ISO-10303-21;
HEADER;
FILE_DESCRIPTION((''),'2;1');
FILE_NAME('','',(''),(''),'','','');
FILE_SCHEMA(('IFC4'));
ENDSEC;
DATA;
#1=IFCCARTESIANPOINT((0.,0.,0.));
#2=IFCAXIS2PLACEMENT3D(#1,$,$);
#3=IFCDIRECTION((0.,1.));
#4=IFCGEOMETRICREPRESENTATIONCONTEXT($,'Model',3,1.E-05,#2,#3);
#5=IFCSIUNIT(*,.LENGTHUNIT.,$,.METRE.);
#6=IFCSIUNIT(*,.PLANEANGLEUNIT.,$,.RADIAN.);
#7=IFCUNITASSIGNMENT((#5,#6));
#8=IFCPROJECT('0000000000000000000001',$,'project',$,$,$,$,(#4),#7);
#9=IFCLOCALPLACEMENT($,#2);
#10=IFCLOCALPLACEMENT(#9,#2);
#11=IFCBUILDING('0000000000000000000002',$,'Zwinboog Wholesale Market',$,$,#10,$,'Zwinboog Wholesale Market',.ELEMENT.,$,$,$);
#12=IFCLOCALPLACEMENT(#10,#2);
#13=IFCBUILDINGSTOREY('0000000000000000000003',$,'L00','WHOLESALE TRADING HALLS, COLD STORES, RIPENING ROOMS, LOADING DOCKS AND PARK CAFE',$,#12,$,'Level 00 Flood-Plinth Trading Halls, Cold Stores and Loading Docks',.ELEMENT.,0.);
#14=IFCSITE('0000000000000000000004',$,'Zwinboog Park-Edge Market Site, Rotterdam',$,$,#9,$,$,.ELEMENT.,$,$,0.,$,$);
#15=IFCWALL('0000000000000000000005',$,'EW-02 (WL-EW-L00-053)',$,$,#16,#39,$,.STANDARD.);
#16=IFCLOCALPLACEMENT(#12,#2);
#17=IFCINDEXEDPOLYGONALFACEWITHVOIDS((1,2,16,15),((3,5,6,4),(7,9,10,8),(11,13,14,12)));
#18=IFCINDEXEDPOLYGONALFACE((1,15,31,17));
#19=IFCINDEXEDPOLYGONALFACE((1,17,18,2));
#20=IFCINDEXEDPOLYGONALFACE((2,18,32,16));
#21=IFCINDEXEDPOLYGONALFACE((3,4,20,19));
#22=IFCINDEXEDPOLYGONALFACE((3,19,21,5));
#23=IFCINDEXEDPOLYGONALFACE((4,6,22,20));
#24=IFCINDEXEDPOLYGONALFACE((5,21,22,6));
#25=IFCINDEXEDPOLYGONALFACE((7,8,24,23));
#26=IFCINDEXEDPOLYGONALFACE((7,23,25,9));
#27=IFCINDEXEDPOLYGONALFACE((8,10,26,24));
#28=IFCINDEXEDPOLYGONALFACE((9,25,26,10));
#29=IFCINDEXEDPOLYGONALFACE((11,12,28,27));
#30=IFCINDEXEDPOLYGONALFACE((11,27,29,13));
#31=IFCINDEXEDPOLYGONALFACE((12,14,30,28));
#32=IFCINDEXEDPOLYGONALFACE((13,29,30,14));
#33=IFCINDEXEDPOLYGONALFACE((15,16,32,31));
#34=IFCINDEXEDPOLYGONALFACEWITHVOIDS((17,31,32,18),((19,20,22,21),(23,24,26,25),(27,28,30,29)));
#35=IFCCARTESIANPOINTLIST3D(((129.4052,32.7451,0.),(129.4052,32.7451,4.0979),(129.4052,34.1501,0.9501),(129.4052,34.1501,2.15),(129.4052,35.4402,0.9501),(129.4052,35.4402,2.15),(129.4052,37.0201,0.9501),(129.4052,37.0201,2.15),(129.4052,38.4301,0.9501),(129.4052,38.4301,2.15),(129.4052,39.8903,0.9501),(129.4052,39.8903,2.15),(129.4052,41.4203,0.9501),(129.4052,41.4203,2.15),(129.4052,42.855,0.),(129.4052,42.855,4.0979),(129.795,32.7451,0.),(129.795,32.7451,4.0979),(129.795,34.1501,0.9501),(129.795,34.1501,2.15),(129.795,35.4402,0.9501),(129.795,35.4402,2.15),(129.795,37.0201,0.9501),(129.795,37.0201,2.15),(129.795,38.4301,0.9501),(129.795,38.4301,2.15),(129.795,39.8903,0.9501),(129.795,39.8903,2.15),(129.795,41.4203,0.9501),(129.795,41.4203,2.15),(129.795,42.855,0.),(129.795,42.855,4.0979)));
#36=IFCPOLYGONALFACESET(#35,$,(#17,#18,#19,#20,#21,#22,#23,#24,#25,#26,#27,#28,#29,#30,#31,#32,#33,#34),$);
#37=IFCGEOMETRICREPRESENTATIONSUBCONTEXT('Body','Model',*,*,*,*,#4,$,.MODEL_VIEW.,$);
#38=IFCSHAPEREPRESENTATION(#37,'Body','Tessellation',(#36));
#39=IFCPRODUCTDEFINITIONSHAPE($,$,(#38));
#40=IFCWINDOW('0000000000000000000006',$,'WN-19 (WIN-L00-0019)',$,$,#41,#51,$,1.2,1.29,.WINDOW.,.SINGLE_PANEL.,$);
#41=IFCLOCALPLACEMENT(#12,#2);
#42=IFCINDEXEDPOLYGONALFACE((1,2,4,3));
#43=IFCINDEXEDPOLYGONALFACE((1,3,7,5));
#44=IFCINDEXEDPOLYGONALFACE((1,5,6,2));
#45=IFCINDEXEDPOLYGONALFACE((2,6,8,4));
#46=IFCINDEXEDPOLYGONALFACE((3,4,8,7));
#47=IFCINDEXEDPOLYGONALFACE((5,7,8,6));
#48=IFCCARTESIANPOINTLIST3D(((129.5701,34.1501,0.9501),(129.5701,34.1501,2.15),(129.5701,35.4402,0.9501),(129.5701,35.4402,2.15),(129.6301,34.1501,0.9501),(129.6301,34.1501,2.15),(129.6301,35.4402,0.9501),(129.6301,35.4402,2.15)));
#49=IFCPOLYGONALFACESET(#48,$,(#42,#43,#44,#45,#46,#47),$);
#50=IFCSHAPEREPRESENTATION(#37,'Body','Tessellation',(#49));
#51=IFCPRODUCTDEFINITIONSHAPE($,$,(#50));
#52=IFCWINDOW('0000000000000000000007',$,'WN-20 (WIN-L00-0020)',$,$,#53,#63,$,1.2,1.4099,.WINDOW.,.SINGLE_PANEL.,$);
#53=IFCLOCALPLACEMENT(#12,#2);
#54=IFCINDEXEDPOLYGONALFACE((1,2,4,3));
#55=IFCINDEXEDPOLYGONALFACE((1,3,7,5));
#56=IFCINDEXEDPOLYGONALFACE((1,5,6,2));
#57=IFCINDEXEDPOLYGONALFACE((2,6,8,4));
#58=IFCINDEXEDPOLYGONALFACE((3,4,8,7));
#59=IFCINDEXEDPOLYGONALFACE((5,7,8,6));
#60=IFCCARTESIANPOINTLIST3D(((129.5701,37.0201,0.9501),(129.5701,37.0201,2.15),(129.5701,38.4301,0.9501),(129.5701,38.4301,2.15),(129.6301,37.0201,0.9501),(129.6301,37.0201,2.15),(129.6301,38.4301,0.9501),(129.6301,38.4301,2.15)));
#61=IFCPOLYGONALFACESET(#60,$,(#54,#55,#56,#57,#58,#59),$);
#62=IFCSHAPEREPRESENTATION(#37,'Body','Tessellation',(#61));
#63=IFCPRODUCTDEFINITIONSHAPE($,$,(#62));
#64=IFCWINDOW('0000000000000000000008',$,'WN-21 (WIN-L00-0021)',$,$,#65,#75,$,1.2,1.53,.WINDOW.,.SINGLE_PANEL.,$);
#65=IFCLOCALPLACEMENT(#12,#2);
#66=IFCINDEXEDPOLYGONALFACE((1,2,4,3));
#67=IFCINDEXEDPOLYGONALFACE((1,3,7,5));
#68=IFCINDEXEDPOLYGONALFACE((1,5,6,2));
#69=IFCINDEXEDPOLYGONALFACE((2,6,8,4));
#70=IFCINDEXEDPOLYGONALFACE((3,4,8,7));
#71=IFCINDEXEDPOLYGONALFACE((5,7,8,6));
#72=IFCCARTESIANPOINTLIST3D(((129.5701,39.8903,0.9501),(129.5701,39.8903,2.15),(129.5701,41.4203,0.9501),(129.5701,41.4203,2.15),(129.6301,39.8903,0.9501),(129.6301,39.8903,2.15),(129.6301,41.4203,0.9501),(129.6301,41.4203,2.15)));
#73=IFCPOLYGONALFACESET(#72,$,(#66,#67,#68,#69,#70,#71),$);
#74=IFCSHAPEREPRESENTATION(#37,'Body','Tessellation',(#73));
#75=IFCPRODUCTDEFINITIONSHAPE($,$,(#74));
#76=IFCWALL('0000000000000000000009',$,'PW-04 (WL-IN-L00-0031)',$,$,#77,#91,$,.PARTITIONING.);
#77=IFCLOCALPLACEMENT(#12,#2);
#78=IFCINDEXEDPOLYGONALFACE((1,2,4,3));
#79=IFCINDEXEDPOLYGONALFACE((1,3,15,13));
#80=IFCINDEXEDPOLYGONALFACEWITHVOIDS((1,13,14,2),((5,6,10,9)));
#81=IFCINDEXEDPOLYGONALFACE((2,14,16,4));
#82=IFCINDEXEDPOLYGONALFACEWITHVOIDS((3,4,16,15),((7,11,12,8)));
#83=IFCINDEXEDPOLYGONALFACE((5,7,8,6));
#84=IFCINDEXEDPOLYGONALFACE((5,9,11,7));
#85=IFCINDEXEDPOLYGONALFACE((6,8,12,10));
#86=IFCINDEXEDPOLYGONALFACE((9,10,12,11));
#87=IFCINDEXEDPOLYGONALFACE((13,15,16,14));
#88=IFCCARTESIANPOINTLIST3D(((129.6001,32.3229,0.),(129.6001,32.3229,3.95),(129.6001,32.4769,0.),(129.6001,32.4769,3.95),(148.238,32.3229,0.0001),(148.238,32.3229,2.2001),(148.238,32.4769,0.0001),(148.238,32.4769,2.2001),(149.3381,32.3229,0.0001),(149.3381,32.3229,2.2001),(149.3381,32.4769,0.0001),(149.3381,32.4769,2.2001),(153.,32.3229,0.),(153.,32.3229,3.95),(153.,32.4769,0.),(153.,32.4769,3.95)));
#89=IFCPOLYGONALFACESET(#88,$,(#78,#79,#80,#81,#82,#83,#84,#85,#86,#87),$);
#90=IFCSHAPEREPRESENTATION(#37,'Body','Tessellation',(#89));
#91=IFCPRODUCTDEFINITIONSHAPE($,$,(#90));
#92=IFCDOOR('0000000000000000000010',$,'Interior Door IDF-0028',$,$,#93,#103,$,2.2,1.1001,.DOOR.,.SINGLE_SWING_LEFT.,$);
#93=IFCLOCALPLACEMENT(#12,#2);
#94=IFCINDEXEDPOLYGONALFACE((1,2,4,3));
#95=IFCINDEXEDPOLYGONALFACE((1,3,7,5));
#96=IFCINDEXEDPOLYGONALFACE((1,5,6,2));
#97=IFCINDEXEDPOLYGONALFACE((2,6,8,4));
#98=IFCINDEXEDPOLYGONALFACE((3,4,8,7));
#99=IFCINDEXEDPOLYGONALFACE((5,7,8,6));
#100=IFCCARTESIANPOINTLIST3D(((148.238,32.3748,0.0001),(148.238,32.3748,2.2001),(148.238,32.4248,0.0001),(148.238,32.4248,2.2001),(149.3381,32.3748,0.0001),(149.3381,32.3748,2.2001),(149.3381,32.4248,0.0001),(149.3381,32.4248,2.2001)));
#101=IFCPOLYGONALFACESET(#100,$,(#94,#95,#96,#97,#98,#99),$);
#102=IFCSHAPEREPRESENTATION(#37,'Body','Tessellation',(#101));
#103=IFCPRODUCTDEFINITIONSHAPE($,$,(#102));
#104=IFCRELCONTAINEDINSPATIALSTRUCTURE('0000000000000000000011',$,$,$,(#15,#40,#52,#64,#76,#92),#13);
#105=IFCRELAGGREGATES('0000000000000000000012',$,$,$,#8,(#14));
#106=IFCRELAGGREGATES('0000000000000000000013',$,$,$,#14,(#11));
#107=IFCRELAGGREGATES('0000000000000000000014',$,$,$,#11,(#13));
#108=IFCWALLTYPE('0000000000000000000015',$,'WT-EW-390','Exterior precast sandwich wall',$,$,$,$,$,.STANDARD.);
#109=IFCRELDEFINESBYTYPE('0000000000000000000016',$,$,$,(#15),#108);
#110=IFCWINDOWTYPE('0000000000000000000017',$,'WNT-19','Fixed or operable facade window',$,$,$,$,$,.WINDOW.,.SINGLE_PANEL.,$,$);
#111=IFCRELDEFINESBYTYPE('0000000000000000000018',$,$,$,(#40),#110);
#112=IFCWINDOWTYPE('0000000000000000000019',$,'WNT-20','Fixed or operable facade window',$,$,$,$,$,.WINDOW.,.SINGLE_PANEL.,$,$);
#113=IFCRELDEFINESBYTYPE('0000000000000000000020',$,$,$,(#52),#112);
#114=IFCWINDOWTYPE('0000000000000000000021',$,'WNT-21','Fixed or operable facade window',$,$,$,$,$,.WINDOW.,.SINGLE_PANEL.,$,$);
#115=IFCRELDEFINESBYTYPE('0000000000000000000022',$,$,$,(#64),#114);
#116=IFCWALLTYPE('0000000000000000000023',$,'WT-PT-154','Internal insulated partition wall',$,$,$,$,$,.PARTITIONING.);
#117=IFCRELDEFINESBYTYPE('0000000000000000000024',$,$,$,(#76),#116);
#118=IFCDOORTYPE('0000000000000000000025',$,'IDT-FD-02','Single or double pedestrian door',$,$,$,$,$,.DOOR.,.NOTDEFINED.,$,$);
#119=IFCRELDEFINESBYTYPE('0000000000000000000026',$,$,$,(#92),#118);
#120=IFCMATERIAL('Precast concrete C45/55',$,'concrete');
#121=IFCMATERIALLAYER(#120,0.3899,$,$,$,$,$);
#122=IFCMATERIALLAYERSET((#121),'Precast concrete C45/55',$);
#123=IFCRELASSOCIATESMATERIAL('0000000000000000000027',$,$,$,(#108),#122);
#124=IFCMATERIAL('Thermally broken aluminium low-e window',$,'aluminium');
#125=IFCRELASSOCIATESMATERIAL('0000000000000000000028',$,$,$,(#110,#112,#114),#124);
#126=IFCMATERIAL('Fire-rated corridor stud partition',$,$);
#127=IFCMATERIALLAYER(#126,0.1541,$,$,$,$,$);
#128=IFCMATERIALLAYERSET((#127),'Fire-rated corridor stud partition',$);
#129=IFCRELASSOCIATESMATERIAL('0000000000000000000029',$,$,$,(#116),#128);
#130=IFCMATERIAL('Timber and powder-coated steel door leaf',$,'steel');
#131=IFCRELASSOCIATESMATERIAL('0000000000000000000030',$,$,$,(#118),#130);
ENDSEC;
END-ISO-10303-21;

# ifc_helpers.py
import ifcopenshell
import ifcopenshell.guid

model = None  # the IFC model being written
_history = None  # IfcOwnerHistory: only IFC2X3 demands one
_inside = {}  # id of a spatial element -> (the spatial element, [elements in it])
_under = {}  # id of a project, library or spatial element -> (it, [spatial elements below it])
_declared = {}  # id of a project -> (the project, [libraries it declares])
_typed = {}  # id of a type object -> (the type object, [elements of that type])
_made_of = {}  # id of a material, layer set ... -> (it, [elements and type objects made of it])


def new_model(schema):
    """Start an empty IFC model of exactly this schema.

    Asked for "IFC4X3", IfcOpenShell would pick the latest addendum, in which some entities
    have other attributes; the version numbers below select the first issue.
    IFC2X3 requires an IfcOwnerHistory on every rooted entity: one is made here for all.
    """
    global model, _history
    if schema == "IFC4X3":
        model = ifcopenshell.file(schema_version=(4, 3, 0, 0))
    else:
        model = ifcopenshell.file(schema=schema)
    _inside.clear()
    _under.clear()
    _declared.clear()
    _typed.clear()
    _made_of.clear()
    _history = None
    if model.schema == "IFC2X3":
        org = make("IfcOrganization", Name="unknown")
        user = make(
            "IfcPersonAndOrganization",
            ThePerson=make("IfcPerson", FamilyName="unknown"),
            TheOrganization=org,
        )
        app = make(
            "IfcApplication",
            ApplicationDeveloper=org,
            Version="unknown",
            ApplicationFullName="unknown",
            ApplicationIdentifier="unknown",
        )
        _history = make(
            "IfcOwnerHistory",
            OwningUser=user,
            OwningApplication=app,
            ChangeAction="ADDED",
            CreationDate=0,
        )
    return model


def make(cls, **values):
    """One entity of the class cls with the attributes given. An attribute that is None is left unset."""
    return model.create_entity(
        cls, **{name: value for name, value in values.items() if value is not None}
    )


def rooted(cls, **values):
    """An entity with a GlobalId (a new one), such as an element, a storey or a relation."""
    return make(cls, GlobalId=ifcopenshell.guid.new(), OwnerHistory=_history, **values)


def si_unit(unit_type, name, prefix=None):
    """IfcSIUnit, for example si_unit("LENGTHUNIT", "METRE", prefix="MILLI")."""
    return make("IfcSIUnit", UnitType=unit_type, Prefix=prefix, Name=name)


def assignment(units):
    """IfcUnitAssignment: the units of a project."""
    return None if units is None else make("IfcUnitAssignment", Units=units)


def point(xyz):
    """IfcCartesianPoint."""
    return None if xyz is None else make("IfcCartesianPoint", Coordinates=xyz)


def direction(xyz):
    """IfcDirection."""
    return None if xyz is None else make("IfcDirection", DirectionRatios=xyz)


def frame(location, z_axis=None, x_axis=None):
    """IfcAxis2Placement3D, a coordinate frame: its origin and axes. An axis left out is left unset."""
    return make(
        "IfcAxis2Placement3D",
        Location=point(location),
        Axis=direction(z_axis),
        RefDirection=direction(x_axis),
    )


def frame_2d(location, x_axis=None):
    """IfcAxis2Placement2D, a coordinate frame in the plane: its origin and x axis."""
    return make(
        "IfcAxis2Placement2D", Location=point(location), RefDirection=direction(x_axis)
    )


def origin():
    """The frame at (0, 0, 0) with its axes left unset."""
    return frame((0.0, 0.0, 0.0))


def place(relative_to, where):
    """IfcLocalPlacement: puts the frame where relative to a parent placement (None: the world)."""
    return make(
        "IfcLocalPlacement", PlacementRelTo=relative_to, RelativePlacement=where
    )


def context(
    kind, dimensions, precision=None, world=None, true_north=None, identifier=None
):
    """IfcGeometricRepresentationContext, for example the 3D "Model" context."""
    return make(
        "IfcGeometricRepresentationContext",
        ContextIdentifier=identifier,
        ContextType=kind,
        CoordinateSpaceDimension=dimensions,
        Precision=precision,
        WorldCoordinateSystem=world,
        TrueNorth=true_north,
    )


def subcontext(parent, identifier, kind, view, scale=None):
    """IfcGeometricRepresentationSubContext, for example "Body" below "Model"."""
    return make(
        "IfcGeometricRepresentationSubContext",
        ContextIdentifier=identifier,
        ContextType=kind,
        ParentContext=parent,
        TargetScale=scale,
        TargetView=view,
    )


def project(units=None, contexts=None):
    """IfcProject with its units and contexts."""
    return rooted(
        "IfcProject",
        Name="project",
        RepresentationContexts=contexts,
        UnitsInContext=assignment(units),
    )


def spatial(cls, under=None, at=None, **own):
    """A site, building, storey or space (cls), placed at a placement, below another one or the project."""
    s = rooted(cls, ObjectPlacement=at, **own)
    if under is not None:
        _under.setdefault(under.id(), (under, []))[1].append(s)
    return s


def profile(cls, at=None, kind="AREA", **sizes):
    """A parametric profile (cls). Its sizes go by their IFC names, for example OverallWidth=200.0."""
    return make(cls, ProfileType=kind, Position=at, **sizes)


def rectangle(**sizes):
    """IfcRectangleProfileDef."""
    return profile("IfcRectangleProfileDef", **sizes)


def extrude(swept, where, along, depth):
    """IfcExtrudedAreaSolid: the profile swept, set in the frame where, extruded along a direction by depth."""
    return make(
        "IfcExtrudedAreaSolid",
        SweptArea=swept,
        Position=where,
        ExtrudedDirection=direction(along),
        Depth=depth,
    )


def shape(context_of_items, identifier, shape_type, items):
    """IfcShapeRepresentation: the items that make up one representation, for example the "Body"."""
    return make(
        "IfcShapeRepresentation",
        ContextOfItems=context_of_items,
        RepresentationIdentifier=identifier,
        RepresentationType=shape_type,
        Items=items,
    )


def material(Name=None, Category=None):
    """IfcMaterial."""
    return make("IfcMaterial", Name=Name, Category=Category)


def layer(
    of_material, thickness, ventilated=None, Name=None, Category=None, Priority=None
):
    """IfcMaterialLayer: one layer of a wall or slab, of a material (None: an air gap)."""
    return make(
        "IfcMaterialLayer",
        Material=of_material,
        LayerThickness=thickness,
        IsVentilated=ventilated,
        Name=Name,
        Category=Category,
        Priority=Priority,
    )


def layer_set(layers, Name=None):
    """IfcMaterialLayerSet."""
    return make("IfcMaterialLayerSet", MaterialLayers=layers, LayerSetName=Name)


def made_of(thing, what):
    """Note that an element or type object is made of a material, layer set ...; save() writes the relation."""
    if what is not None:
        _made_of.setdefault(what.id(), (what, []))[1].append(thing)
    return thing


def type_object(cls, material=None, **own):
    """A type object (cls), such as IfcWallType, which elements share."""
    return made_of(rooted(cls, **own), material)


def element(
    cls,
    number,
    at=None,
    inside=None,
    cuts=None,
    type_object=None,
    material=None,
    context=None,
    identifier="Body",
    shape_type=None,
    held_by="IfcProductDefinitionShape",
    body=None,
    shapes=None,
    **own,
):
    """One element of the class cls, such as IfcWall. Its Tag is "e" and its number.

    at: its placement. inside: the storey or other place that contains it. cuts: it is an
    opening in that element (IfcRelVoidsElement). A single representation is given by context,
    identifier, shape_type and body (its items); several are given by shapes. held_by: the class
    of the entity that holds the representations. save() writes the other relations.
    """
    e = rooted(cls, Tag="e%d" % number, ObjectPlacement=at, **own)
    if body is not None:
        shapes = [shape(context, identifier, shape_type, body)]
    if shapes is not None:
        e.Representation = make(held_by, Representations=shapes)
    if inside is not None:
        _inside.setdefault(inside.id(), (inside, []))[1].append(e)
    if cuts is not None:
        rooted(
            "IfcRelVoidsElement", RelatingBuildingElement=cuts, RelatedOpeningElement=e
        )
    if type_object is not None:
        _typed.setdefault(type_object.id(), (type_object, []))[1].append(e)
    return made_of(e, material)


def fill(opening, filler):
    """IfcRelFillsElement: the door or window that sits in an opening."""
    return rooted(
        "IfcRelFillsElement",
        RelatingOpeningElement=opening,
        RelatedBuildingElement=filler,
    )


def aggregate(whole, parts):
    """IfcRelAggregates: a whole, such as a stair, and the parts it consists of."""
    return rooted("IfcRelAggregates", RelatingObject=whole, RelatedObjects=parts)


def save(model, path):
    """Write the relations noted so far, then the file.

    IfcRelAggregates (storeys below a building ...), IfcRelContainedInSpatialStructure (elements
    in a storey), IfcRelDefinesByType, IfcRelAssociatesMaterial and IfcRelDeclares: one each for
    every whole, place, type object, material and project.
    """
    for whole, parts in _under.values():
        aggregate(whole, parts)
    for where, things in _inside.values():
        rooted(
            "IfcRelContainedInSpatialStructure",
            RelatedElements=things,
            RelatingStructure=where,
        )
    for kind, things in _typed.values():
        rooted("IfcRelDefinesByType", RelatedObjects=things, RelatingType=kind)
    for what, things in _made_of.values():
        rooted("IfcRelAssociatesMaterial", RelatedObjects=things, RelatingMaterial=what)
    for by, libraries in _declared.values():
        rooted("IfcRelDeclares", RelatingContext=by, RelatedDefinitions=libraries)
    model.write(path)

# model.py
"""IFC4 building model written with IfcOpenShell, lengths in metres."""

from ifc_helpers import new_model, si_unit, direction, frame, frame_2d, origin, place, context, subcontext, project, spatial, rectangle, extrude, material, layer, layer_set, type_object, element, fill, save


model = new_model("IFC4")

# Units and contexts
model_context = context("Model", 3, precision=1e-05, world=origin(), true_north=direction((0.0, 1.0)))
body_context = subcontext(model_context, "Body", "Model", "MODEL_VIEW")
ifc_project = project(units=[si_unit("LENGTHUNIT", "METRE"), si_unit("PLANEANGLEUNIT", "RADIAN")], contexts=[model_context])

# Site, building, storey
site_placement = place(None, origin())
site = spatial("IfcSite", under=ifc_project, at=site_placement, Name="Zwinboog Park-Edge Market Site, Rotterdam", CompositionType="ELEMENT", RefElevation=0.0)
building_placement = place(site_placement, origin())
building = spatial("IfcBuilding", under=site, at=building_placement, Name="Zwinboog Wholesale Market", LongName="Zwinboog Wholesale Market", CompositionType="ELEMENT")
storey_placement = place(building_placement, origin())
storey = spatial("IfcBuildingStorey", under=building, at=storey_placement, Name="L00", Description="WHOLESALE TRADING HALLS, COLD STORES, RIPENING ROOMS, LOADING DOCKS AND PARK CAFE", LongName="Level 00 Flood-Plinth Trading Halls, Cold Stores and Loading Docks", CompositionType="ELEMENT", Elevation=0.0)

# Shared definitions
ifc_material_1 = material(Name="Precast concrete C45/55", Category="concrete")

# Wall, openings, windows
ifc_layer_1 = layer(ifc_material_1, 0.3899)
ifc_layer_set_1 = layer_set([ifc_layer_1], Name="Precast concrete C45/55")
wall_type_1 = type_object("IfcWallType", Name="WT-EW-390", Description="Exterior precast sandwich wall", PredefinedType="STANDARD", material=ifc_layer_set_1)
wall_1_placement = place(storey_placement, frame((129.6001, 32.7451, 0.0), z_axis=(0.0, 0.0, 1.0), x_axis=(0.0, 1.0, 0.0)))
wall_1 = element("IfcWall", 1, at=wall_1_placement, inside=storey, type_object=wall_type_1, Name="EW-02 (WL-EW-L00-053)", PredefinedType="STANDARD", context=body_context, shape_type="SweptSolid", body=[
    extrude(rectangle(XDim=10.1099, YDim=0.3899, at=frame_2d((5.0549, 0.0))), origin(), (0.0, 0.0, 1.0), 4.0979),
])
opening_1_placement = place(wall_1_placement, frame((1.405, 0.0, 0.95)))
opening_1 = element("IfcOpeningElement", 2, at=opening_1_placement, cuts=wall_1, PredefinedType="OPENING", context=body_context, shape_type="SweptSolid", body=[
    extrude(rectangle(XDim=1.29, YDim=1.2, at=frame_2d((0.645, 0.6001))), frame((0.0, 0.2048, 0.0), z_axis=(0.0, -1.0, 0.0), x_axis=(1.0, 0.0, 0.0)), (0.0, 0.0, 1.0), 0.4099),
])
opening_2_placement = place(wall_1_placement, frame((4.2749, 0.0, 0.95)))
opening_2 = element("IfcOpeningElement", 3, at=opening_2_placement, cuts=wall_1, PredefinedType="OPENING", context=body_context, shape_type="SweptSolid", body=[
    extrude(rectangle(XDim=1.4099, YDim=1.2, at=frame_2d((0.7051, 0.6001))), frame((0.0, 0.2048, 0.0), z_axis=(0.0, -1.0, 0.0), x_axis=(1.0, 0.0, 0.0)), (0.0, 0.0, 1.0), 0.4099),
])
opening_3_placement = place(wall_1_placement, frame((7.145, 0.0, 0.95)))
opening_3 = element("IfcOpeningElement", 4, at=opening_3_placement, cuts=wall_1, PredefinedType="OPENING", context=body_context, shape_type="SweptSolid", body=[
    extrude(rectangle(XDim=1.53, YDim=1.2, at=frame_2d((0.7651, 0.6001))), frame((0.0, 0.2048, 0.0), z_axis=(0.0, -1.0, 0.0), x_axis=(1.0, 0.0, 0.0)), (0.0, 0.0, 1.0), 0.4099),
])
ifc_material_2 = material(Name="Thermally broken aluminium low-e window", Category="aluminium")
window_type_1 = type_object("IfcWindowType", Name="WNT-19", Description="Fixed or operable facade window", PartitioningType="SINGLE_PANEL", PredefinedType="WINDOW", material=ifc_material_2)
window_1_placement = place(opening_1_placement, origin())
window_1 = element("IfcWindow", 5, at=window_1_placement, inside=storey, type_object=window_type_1, Name="WN-19 (WIN-L00-0019)", OverallHeight=1.2, OverallWidth=1.29, PartitioningType="SINGLE_PANEL", PredefinedType="WINDOW", context=body_context, shape_type="SweptSolid", body=[
    extrude(rectangle(XDim=1.29, YDim=1.2, at=frame_2d((0.645, 0.6001))), frame((0.0, 0.03, 0.0), z_axis=(0.0, -1.0, 0.0), x_axis=(1.0, 0.0, 0.0)), (0.0, 0.0, 1.0), 0.0601),
])
fill(opening_1, window_1)
window_type_2 = type_object("IfcWindowType", Name="WNT-20", Description="Fixed or operable facade window", PartitioningType="SINGLE_PANEL", PredefinedType="WINDOW", material=ifc_material_2)
window_2_placement = place(opening_2_placement, origin())
window_2 = element("IfcWindow", 6, at=window_2_placement, inside=storey, type_object=window_type_2, Name="WN-20 (WIN-L00-0020)", OverallHeight=1.2, OverallWidth=1.4099, PartitioningType="SINGLE_PANEL", PredefinedType="WINDOW", context=body_context, shape_type="SweptSolid", body=[
    extrude(rectangle(XDim=1.4099, YDim=1.2, at=frame_2d((0.7051, 0.6001))), frame((0.0, 0.03, 0.0), z_axis=(0.0, -1.0, 0.0), x_axis=(1.0, 0.0, 0.0)), (0.0, 0.0, 1.0), 0.0601),
])
fill(opening_2, window_2)
window_type_3 = type_object("IfcWindowType", Name="WNT-21", Description="Fixed or operable facade window", PartitioningType="SINGLE_PANEL", PredefinedType="WINDOW", material=ifc_material_2)
window_3_placement = place(opening_3_placement, origin())
window_3 = element("IfcWindow", 7, at=window_3_placement, inside=storey, type_object=window_type_3, Name="WN-21 (WIN-L00-0021)", OverallHeight=1.2, OverallWidth=1.53, PartitioningType="SINGLE_PANEL", PredefinedType="WINDOW", context=body_context, shape_type="SweptSolid", body=[
    extrude(rectangle(XDim=1.53, YDim=1.2, at=frame_2d((0.7651, 0.6001))), frame((0.0, 0.03, 0.0), z_axis=(0.0, -1.0, 0.0), x_axis=(1.0, 0.0, 0.0)), (0.0, 0.0, 1.0), 0.0601),
])
fill(opening_3, window_3)

# Wall, opening, door
ifc_material_3 = material(Name="Fire-rated corridor stud partition")
ifc_layer_2 = layer(ifc_material_3, 0.1541)
ifc_layer_set_2 = layer_set([ifc_layer_2], Name="Fire-rated corridor stud partition")
wall_type_2 = type_object("IfcWallType", Name="WT-PT-154", Description="Internal insulated partition wall", PredefinedType="PARTITIONING", material=ifc_layer_set_2)
wall_2_placement = place(storey_placement, frame((129.6001, 32.3999, 0.0), z_axis=(0.0, 0.0, 1.0), x_axis=(1.0, 0.0, 0.0)))
wall_2 = element("IfcWall", 8, at=wall_2_placement, inside=storey, type_object=wall_type_2, Name="PW-04 (WL-IN-L00-0031)", PredefinedType="PARTITIONING", context=body_context, shape_type="SweptSolid", body=[
    extrude(rectangle(XDim=23.3999, YDim=0.1541, at=frame_2d((11.7, 0.0))), origin(), (0.0, 0.0, 1.0), 3.95),
])
opening_4_placement = place(wall_2_placement, frame((18.6379, 0.0, 0.0)))
opening_4 = element("IfcOpeningElement", 9, at=opening_4_placement, cuts=wall_2, PredefinedType="OPENING", context=body_context, shape_type="SweptSolid", body=[
    extrude(rectangle(XDim=1.1001, YDim=2.2, at=frame_2d((0.55, 1.1001))), frame((0.0, 0.0869, 0.0), z_axis=(0.0, -1.0, 0.0), x_axis=(1.0, 0.0, 0.0)), (0.0, 0.0, 1.0), 0.1741),
])
ifc_material_4 = material(Name="Timber and powder-coated steel door leaf", Category="steel")
door_type = type_object("IfcDoorType", Name="IDT-FD-02", Description="Single or double pedestrian door", OperationType="NOTDEFINED", PredefinedType="DOOR", material=ifc_material_4)
door_placement = place(opening_4_placement, origin())
door = element("IfcDoor", 10, at=door_placement, inside=storey, type_object=door_type, Name="Interior Door IDF-0028", OperationType="SINGLE_SWING_LEFT", OverallHeight=2.2, OverallWidth=1.1001, PredefinedType="DOOR", context=body_context, shape_type="SweptSolid", body=[
    extrude(rectangle(XDim=1.1001, YDim=2.2, at=frame_2d((0.55, 1.1001))), frame((0.0, 0.0249, 0.0), z_axis=(0.0, -1.0, 0.0), x_axis=(1.0, 0.0, 0.0)), (0.0, 0.0, 1.0), 0.05),
])
fill(opening_4, door)

save(model, "model.ifc")
